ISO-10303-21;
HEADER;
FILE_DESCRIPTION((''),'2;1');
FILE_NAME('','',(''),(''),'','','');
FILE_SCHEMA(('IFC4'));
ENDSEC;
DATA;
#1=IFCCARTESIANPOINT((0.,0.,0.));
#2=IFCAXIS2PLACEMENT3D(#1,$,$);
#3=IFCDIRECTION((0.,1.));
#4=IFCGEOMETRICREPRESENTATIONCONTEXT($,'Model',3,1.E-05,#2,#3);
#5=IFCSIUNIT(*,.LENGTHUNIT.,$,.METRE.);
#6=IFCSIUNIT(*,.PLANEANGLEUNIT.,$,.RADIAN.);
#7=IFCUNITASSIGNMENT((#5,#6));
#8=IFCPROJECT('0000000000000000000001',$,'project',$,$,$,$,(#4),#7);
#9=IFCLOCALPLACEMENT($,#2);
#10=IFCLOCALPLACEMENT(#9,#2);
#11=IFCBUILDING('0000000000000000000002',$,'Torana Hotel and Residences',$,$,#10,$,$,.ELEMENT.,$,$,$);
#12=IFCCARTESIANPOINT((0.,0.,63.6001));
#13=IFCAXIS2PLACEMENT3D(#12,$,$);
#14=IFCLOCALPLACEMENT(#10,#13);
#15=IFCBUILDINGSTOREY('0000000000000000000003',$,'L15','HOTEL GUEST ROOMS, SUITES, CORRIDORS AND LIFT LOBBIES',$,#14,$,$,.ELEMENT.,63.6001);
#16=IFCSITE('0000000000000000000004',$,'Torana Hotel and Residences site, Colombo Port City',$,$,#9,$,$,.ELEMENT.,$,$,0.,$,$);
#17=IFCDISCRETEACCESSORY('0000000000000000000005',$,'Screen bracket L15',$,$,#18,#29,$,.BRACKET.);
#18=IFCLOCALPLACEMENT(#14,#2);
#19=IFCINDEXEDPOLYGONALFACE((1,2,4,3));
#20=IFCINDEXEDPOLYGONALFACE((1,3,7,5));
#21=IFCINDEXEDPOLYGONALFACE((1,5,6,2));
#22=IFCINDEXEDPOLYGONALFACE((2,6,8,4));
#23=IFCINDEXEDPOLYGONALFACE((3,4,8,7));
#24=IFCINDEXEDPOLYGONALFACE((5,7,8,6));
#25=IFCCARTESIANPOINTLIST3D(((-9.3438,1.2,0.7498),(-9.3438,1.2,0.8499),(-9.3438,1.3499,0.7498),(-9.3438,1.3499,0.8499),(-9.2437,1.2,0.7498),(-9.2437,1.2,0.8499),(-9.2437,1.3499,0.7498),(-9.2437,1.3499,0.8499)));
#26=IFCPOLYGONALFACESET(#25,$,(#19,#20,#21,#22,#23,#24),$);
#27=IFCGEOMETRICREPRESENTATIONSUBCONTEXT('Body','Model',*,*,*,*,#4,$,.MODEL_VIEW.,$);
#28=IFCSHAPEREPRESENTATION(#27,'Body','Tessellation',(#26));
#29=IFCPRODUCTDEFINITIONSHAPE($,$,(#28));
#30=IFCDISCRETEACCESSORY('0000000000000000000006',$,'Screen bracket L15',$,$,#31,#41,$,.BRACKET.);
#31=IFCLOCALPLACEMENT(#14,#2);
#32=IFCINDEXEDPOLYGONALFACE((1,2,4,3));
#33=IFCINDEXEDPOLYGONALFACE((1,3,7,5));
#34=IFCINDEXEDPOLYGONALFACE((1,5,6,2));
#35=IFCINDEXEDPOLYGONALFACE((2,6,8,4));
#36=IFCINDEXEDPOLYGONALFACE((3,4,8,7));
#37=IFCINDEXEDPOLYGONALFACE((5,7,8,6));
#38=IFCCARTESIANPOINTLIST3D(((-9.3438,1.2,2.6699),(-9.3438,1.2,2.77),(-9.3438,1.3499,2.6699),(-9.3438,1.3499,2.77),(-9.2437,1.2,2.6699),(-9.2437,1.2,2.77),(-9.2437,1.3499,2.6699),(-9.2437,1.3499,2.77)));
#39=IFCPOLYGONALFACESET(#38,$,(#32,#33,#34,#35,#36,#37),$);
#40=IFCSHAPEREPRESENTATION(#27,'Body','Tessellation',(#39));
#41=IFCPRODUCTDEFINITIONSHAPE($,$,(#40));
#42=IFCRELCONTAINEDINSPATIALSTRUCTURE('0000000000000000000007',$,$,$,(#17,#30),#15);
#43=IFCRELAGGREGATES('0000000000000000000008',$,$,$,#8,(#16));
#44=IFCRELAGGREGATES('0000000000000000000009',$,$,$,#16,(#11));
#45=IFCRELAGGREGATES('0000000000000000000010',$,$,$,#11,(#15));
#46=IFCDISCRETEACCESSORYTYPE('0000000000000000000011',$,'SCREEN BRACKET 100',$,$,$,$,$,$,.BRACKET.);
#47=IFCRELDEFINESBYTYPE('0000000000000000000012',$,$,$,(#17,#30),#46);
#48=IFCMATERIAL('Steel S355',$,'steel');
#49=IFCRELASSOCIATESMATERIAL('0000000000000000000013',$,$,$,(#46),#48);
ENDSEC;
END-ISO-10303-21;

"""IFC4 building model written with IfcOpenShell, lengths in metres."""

from ifc_helpers import new_model, si_unit, direction, frame, origin, origin_2d, place, context, subcontext, project, spatial, rectangle, extrude, material, type_object, element, save


model = new_model("IFC4")

# Units and contexts
model_context = context("Model", 3, precision=1e-05, world=origin(), true_north=direction((0.0, 1.0)))
body_context = subcontext(model_context, "Body", "Model", "MODEL_VIEW")
ifc_project = project(units=[si_unit("LENGTHUNIT", "METRE"), si_unit("PLANEANGLEUNIT", "RADIAN")], contexts=[model_context])

# Site, building, storey
site_placement = place(None, origin())
site = spatial("IfcSite", under=ifc_project, at=site_placement, Name="Torana Hotel and Residences site, Colombo Port City", CompositionType="ELEMENT", RefElevation=0.0)
building_placement = place(site_placement, origin())
building = spatial("IfcBuilding", under=site, at=building_placement, Name="Torana Hotel and Residences", CompositionType="ELEMENT")
storey_placement = place(building_placement, frame((0.0, 0.0, 63.6001)))
storey = spatial("IfcBuildingStorey", under=building, at=storey_placement, Name="L15", Description="HOTEL GUEST ROOMS, SUITES, CORRIDORS AND LIFT LOBBIES", CompositionType="ELEMENT", Elevation=63.6001)

# Discrete accessories
ifc_material_1 = material(Name="Steel S355", Category="steel")
discrete_accessory_type = type_object("IfcDiscreteAccessoryType", Name="SCREEN BRACKET 100", PredefinedType="BRACKET", material=ifc_material_1)
for number, where, z_axis, x_axis, name in (
    (1, (-9.2937, 1.2749, 0.7498), (0.0, 0.0, 1.0), (-1.0, 0.0, 0.0), "Screen bracket L15"),
    (2, (-9.2937, 1.2749, 2.6699), (0.0, 0.0, 1.0), (-1.0, 0.0, 0.0), "Screen bracket L15"),
):
    element("IfcDiscreteAccessory", number, at=place(storey_placement, frame(where, z_axis=z_axis, x_axis=x_axis)), inside=storey, type_object=discrete_accessory_type, Name=name, PredefinedType="BRACKET", context=body_context, shape_type="SweptSolid", body=[
        extrude(rectangle(XDim=0.1001, YDim=0.1499, at=origin_2d()), origin(), (0.0, 0.0, 1.0), 0.1001),
    ])

save(model, "model.ifc")
